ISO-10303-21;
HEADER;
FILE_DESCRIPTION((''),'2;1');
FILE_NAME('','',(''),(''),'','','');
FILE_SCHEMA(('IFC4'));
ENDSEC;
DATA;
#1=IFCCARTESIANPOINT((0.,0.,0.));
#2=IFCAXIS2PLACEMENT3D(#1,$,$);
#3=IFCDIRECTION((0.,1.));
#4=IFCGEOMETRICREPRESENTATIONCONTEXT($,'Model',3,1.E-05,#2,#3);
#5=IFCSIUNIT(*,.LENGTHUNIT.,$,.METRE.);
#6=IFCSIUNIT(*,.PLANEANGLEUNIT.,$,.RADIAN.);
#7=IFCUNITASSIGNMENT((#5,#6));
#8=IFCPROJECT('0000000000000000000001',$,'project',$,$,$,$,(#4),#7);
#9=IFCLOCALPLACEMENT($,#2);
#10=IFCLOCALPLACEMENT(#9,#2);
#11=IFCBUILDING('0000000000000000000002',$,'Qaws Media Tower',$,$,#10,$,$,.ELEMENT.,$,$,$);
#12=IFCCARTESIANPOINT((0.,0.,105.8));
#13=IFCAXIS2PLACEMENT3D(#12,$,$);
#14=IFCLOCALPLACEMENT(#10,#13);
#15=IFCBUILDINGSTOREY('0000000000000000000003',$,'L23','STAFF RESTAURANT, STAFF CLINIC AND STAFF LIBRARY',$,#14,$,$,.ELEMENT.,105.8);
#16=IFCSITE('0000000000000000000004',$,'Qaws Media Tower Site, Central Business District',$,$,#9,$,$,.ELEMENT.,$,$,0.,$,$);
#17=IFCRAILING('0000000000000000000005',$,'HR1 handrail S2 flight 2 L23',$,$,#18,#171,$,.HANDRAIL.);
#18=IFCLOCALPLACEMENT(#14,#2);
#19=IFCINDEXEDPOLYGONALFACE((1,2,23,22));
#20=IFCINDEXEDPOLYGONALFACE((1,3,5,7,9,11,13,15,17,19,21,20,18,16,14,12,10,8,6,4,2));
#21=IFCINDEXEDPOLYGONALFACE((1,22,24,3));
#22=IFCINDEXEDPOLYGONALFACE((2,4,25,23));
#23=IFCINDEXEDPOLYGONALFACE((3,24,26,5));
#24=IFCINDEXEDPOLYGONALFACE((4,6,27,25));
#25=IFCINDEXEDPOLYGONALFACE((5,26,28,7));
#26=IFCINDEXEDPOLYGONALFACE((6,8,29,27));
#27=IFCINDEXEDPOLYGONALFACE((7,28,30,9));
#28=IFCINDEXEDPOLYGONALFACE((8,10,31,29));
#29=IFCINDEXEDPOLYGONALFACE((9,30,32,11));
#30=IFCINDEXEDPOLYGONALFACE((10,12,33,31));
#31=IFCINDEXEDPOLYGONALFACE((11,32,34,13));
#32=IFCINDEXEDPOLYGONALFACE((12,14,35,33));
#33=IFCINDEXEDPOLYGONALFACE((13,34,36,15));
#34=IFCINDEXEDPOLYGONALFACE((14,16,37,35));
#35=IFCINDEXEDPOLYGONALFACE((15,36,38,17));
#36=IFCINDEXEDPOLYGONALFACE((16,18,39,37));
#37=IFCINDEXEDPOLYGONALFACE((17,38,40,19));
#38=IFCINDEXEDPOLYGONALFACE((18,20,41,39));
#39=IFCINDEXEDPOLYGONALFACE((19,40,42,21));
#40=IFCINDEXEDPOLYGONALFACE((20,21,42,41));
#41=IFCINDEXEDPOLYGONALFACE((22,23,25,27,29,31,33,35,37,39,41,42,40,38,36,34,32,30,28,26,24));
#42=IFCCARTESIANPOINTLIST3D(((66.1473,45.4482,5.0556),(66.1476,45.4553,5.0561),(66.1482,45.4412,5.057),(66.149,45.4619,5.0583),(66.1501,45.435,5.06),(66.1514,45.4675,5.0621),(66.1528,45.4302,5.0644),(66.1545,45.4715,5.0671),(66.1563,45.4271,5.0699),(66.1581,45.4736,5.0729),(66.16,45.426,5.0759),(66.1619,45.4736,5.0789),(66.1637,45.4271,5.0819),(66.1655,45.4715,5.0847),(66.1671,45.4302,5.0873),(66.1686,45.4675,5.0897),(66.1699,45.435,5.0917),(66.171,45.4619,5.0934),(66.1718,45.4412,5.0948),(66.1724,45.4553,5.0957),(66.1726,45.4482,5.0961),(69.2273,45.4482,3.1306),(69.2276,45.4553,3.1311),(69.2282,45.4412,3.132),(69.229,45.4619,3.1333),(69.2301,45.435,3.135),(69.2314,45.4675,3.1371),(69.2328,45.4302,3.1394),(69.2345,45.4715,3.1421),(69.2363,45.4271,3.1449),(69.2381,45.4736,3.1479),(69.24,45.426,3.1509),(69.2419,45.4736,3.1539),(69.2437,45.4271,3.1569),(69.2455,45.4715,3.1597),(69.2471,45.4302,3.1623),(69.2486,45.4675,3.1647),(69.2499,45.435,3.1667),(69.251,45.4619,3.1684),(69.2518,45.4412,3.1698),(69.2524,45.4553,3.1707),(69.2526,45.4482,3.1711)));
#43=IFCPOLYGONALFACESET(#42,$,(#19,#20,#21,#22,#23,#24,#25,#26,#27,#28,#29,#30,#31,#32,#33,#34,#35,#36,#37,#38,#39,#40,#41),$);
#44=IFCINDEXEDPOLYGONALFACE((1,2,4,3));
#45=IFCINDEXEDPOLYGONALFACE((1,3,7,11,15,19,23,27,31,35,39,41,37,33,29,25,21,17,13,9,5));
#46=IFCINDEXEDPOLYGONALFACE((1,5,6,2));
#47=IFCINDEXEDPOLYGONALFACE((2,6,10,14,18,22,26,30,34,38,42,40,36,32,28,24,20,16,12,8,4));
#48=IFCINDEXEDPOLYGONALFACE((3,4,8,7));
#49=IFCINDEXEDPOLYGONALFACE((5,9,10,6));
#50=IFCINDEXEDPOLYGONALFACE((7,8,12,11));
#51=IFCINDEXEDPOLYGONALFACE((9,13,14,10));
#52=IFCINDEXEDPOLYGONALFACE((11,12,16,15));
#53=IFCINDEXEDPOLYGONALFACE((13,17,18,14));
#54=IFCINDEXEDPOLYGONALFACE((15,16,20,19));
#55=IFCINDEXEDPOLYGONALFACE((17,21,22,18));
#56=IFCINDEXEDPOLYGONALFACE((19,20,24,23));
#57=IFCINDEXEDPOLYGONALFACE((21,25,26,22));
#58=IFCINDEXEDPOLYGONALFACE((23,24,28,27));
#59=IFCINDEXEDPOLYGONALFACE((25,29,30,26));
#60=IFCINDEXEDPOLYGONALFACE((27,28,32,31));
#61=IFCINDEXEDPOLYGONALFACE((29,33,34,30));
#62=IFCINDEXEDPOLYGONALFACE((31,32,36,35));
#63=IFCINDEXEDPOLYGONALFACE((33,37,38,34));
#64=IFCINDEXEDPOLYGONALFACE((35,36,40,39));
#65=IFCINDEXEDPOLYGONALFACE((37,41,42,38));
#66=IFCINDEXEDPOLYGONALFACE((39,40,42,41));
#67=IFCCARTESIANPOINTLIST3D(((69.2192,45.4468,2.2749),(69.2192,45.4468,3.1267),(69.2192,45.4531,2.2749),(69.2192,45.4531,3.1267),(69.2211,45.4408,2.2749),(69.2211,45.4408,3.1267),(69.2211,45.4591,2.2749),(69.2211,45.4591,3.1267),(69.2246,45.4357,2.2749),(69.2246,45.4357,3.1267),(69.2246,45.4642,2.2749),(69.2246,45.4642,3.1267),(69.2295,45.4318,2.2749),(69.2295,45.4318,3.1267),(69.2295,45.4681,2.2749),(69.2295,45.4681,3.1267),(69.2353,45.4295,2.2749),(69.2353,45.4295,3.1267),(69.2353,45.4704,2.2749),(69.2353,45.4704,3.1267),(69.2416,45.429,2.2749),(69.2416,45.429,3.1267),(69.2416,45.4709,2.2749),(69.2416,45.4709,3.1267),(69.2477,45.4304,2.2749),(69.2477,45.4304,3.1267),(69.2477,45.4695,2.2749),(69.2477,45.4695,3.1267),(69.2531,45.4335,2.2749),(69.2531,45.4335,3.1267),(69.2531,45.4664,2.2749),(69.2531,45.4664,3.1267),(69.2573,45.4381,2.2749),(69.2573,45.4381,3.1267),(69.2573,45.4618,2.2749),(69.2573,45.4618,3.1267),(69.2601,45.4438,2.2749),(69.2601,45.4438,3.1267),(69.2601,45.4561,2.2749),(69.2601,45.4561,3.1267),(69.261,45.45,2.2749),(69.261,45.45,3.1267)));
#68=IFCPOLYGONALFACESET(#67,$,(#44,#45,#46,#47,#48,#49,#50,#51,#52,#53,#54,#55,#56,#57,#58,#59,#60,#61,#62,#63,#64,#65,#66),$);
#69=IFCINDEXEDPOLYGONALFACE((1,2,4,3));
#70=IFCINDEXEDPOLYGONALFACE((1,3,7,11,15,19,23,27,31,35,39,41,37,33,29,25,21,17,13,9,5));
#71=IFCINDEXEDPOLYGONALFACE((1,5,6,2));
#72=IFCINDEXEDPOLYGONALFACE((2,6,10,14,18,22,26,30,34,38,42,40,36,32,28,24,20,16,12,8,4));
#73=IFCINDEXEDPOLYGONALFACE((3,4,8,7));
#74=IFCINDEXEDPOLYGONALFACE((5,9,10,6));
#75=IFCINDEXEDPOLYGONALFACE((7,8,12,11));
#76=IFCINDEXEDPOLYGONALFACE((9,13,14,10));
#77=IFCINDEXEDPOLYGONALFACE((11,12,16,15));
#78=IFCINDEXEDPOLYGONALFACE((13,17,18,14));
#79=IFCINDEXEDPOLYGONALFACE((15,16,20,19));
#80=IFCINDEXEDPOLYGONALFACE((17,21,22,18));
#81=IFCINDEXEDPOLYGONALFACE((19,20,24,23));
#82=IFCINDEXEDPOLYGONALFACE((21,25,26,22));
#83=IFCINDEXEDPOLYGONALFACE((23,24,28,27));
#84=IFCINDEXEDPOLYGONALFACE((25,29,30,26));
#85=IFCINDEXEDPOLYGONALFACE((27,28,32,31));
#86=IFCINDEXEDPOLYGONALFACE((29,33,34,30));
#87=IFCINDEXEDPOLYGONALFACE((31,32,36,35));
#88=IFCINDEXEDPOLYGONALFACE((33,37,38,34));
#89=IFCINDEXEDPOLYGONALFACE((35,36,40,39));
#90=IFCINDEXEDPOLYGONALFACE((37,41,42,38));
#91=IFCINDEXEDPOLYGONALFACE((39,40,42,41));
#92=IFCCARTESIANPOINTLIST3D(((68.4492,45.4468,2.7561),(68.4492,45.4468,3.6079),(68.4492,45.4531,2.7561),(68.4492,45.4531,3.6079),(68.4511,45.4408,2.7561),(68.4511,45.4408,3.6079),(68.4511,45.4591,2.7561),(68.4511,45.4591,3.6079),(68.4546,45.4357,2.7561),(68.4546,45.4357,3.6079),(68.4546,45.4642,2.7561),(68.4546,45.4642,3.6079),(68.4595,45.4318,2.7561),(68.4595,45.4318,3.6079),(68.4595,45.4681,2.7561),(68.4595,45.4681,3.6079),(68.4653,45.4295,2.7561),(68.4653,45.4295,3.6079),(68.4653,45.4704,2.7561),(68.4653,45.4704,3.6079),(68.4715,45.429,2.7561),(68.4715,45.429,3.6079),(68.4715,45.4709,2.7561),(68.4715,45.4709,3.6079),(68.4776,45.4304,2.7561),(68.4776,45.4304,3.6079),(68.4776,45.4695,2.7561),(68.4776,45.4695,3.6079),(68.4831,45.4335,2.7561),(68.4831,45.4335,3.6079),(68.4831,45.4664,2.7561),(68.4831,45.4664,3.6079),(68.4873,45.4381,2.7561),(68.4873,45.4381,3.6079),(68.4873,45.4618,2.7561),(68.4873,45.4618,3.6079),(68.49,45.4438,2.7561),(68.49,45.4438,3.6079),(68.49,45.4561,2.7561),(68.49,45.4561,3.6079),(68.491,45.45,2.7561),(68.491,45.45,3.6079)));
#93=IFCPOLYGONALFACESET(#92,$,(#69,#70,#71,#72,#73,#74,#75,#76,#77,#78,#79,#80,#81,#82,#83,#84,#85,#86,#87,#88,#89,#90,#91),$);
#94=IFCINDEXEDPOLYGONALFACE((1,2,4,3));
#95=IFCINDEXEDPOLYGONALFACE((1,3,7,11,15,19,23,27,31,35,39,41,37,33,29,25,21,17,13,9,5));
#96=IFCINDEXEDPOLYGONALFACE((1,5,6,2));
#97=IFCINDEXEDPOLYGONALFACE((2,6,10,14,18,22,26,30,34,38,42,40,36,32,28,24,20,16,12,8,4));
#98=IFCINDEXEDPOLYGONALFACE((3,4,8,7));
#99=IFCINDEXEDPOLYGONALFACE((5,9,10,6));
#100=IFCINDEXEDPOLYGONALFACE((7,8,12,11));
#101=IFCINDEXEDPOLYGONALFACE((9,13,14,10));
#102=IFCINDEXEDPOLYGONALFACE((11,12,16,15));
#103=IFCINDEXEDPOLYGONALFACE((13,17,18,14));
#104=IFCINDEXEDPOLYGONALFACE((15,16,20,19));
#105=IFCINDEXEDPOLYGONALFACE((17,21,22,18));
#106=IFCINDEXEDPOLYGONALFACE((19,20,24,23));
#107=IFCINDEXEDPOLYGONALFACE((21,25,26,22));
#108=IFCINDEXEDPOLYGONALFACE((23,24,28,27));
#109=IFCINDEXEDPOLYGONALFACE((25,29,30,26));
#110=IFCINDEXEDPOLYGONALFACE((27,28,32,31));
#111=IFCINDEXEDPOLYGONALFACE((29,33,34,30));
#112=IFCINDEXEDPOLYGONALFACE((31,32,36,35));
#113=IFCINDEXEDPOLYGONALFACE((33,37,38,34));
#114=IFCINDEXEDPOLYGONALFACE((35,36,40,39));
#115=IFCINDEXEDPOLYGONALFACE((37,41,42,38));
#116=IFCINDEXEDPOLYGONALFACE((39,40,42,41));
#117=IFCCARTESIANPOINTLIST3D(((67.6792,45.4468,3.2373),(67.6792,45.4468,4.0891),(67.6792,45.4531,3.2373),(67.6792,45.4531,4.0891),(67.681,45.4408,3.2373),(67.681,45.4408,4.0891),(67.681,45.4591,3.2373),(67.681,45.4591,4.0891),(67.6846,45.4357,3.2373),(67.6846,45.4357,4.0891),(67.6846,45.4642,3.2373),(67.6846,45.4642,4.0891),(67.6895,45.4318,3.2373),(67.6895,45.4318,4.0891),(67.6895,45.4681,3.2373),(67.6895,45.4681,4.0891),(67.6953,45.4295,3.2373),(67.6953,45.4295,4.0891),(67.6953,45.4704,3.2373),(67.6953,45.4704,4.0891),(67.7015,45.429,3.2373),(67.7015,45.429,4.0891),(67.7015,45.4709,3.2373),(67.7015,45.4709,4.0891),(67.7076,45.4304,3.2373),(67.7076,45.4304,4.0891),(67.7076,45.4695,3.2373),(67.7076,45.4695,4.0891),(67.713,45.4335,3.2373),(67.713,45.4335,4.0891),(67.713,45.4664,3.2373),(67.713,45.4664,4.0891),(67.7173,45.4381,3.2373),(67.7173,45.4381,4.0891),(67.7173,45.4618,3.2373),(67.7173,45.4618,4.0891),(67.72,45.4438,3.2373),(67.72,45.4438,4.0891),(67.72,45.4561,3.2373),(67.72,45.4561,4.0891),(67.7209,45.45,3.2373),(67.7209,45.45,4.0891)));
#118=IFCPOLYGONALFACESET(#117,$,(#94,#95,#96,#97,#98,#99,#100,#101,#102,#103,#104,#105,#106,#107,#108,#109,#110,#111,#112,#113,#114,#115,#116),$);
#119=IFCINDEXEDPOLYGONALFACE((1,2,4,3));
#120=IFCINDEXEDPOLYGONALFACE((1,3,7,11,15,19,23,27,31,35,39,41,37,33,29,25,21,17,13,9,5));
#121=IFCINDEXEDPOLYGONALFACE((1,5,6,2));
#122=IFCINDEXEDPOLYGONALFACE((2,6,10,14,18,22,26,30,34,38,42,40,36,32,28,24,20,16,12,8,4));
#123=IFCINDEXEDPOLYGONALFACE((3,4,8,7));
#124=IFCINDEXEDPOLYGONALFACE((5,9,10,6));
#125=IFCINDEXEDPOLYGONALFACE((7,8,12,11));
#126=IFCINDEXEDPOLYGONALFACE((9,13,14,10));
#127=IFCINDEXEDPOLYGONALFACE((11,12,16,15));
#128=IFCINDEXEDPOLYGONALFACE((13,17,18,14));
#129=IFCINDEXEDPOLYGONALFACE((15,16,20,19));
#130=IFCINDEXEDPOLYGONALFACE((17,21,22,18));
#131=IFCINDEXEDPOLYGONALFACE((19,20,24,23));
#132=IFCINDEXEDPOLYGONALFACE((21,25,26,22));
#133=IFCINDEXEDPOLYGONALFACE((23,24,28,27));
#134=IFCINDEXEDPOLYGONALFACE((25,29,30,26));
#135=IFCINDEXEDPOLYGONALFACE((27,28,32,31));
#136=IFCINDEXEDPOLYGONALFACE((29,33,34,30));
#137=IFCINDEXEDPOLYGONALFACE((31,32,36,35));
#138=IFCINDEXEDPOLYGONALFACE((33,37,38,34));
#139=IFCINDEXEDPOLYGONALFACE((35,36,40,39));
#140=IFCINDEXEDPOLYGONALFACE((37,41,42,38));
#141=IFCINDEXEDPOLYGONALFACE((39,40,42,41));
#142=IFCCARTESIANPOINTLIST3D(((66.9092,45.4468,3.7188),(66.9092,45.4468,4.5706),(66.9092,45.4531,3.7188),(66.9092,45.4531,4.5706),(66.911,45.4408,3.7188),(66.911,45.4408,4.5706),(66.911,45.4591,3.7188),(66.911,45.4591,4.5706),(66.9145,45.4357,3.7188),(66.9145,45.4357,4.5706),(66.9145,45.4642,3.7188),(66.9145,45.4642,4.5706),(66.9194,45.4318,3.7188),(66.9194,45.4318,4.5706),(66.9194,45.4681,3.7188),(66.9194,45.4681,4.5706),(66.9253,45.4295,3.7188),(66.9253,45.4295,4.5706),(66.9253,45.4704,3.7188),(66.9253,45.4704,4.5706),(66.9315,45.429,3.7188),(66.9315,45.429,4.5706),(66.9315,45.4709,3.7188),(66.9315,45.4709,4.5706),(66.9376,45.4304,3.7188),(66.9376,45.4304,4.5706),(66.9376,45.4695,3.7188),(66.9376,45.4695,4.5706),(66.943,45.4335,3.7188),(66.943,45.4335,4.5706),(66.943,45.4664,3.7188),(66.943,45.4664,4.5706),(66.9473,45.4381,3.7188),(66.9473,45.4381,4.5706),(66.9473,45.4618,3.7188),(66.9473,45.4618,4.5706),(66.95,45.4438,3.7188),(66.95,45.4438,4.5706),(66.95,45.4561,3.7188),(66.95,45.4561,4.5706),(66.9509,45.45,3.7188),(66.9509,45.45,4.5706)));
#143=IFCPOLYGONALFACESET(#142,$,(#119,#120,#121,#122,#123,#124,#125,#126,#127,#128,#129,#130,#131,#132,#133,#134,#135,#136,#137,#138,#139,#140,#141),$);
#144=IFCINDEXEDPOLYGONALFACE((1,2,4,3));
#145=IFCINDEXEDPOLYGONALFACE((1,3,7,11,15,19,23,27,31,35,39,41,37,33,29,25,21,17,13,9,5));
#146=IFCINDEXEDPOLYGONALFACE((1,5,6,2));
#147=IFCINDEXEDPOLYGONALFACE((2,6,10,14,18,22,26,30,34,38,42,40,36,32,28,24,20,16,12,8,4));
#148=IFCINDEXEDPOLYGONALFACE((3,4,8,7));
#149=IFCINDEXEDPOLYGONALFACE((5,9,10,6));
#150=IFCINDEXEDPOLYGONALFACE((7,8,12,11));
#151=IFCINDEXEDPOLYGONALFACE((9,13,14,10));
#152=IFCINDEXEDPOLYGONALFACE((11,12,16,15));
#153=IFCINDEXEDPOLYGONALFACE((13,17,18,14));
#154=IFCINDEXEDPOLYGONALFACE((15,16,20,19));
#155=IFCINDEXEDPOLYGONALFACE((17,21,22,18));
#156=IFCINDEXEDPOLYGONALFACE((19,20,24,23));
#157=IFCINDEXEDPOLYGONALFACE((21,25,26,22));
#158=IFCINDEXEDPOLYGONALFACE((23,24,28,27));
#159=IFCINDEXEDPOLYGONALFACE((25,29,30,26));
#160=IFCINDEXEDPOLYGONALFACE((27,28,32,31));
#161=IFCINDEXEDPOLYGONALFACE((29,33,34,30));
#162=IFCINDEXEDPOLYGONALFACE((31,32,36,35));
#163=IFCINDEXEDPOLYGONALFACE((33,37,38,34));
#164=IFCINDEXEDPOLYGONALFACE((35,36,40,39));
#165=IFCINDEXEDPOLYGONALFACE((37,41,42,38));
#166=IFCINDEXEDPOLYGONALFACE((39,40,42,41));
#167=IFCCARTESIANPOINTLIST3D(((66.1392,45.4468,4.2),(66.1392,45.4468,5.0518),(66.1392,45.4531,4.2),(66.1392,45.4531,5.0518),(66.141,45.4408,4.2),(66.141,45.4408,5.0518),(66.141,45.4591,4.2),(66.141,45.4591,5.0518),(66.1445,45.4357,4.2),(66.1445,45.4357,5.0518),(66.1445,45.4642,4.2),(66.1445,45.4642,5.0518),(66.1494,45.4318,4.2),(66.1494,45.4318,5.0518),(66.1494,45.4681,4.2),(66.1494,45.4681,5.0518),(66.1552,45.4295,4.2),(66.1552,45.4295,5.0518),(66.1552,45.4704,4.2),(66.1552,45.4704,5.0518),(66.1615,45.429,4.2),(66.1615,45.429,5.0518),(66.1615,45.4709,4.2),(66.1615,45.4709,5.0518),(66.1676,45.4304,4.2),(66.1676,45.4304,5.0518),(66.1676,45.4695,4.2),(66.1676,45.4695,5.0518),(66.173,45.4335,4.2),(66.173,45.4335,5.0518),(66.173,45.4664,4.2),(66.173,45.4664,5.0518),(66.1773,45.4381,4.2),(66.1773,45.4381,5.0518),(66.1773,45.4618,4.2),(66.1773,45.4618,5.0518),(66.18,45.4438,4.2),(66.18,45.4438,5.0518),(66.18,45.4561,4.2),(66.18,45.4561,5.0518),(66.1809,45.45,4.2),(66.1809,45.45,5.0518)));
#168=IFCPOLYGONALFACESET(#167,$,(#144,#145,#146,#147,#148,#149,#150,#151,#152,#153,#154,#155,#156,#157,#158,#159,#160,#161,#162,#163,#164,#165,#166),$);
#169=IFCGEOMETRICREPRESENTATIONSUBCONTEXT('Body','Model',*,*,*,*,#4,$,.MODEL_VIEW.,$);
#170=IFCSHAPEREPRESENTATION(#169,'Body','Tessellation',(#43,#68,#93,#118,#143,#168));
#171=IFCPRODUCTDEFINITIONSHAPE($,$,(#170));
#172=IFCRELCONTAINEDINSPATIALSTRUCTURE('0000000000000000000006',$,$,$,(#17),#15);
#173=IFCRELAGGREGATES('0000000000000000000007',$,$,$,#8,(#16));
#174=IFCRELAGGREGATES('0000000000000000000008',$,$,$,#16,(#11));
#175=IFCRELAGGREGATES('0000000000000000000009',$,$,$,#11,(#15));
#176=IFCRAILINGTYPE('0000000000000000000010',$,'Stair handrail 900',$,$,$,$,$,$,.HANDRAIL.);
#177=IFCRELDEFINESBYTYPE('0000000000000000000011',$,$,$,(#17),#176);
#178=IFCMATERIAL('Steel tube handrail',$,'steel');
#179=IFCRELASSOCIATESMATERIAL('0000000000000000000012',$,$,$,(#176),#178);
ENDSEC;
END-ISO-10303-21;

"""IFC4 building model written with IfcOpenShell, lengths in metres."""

from ifc_helpers import new_model, si_unit, direction, frame, origin, origin_2d, place, context, subcontext, project, spatial, circle, extrude, material, type_object, element, save


model = new_model("IFC4")

# Units and contexts
model_context = context("Model", 3, precision=1e-05, world=origin(), true_north=direction((0.0, 1.0)))
body_context = subcontext(model_context, "Body", "Model", "MODEL_VIEW")
ifc_project = project(units=[si_unit("LENGTHUNIT", "METRE"), si_unit("PLANEANGLEUNIT", "RADIAN")], contexts=[model_context])

# Site, building, storey
site_placement = place(None, origin())
site = spatial("IfcSite", under=ifc_project, at=site_placement, Name="Qaws Media Tower Site, Central Business District", CompositionType="ELEMENT", RefElevation=0.0)
building_placement = place(site_placement, origin())
building = spatial("IfcBuilding", under=site, at=building_placement, Name="Qaws Media Tower", CompositionType="ELEMENT")
storey_placement = place(building_placement, frame((0.0, 0.0, 105.8)))
storey = spatial("IfcBuildingStorey", under=building, at=storey_placement, Name="L23", Description="STAFF RESTAURANT, STAFF CLINIC AND STAFF LIBRARY", CompositionType="ELEMENT", Elevation=105.8)

# Railing
ifc_material_1 = material(Name="Steel tube handrail", Category="steel")
railing_type = type_object("IfcRailingType", Name="Stair handrail 900", PredefinedType="HANDRAIL", material=ifc_material_1)
for number, where, name in (
    (1, (69.24, 45.45, 2.2749), "HR1 handrail S2 flight 2 L23"),
):
    element("IfcRailing", number, at=place(storey_placement, frame(where)), inside=storey, type_object=railing_type, Name=name, PredefinedType="HANDRAIL", context=body_context, shape_type="SweptSolid", body=[
        extrude(circle(Radius=0.0239, at=origin_2d()), frame((0.0, 0.0, 0.876), z_axis=(-0.847998, 0.0, 0.529999), x_axis=(0.0, -1.0, 0.0)), (0.0, 0.0, 1.0), 3.6321),
        extrude(circle(Radius=0.021, at=origin_2d()), origin(), (0.0, 0.0, 1.0), 0.8518),
        extrude(circle(Radius=0.021, at=origin_2d()), frame((-0.77, 0.0, 0.4812)), (0.0, 0.0, 1.0), 0.8518),
        extrude(circle(Radius=0.021, at=origin_2d()), frame((-1.54, 0.0, 0.9624)), (0.0, 0.0, 1.0), 0.8518),
        extrude(circle(Radius=0.021, at=origin_2d()), frame((-2.3101, 0.0, 1.4438)), (0.0, 0.0, 1.0), 0.8518),
        extrude(circle(Radius=0.021, at=origin_2d()), frame((-3.0801, 0.0, 1.925)), (0.0, 0.0, 1.0), 0.8518),
    ])

save(model, "model.ifc")
